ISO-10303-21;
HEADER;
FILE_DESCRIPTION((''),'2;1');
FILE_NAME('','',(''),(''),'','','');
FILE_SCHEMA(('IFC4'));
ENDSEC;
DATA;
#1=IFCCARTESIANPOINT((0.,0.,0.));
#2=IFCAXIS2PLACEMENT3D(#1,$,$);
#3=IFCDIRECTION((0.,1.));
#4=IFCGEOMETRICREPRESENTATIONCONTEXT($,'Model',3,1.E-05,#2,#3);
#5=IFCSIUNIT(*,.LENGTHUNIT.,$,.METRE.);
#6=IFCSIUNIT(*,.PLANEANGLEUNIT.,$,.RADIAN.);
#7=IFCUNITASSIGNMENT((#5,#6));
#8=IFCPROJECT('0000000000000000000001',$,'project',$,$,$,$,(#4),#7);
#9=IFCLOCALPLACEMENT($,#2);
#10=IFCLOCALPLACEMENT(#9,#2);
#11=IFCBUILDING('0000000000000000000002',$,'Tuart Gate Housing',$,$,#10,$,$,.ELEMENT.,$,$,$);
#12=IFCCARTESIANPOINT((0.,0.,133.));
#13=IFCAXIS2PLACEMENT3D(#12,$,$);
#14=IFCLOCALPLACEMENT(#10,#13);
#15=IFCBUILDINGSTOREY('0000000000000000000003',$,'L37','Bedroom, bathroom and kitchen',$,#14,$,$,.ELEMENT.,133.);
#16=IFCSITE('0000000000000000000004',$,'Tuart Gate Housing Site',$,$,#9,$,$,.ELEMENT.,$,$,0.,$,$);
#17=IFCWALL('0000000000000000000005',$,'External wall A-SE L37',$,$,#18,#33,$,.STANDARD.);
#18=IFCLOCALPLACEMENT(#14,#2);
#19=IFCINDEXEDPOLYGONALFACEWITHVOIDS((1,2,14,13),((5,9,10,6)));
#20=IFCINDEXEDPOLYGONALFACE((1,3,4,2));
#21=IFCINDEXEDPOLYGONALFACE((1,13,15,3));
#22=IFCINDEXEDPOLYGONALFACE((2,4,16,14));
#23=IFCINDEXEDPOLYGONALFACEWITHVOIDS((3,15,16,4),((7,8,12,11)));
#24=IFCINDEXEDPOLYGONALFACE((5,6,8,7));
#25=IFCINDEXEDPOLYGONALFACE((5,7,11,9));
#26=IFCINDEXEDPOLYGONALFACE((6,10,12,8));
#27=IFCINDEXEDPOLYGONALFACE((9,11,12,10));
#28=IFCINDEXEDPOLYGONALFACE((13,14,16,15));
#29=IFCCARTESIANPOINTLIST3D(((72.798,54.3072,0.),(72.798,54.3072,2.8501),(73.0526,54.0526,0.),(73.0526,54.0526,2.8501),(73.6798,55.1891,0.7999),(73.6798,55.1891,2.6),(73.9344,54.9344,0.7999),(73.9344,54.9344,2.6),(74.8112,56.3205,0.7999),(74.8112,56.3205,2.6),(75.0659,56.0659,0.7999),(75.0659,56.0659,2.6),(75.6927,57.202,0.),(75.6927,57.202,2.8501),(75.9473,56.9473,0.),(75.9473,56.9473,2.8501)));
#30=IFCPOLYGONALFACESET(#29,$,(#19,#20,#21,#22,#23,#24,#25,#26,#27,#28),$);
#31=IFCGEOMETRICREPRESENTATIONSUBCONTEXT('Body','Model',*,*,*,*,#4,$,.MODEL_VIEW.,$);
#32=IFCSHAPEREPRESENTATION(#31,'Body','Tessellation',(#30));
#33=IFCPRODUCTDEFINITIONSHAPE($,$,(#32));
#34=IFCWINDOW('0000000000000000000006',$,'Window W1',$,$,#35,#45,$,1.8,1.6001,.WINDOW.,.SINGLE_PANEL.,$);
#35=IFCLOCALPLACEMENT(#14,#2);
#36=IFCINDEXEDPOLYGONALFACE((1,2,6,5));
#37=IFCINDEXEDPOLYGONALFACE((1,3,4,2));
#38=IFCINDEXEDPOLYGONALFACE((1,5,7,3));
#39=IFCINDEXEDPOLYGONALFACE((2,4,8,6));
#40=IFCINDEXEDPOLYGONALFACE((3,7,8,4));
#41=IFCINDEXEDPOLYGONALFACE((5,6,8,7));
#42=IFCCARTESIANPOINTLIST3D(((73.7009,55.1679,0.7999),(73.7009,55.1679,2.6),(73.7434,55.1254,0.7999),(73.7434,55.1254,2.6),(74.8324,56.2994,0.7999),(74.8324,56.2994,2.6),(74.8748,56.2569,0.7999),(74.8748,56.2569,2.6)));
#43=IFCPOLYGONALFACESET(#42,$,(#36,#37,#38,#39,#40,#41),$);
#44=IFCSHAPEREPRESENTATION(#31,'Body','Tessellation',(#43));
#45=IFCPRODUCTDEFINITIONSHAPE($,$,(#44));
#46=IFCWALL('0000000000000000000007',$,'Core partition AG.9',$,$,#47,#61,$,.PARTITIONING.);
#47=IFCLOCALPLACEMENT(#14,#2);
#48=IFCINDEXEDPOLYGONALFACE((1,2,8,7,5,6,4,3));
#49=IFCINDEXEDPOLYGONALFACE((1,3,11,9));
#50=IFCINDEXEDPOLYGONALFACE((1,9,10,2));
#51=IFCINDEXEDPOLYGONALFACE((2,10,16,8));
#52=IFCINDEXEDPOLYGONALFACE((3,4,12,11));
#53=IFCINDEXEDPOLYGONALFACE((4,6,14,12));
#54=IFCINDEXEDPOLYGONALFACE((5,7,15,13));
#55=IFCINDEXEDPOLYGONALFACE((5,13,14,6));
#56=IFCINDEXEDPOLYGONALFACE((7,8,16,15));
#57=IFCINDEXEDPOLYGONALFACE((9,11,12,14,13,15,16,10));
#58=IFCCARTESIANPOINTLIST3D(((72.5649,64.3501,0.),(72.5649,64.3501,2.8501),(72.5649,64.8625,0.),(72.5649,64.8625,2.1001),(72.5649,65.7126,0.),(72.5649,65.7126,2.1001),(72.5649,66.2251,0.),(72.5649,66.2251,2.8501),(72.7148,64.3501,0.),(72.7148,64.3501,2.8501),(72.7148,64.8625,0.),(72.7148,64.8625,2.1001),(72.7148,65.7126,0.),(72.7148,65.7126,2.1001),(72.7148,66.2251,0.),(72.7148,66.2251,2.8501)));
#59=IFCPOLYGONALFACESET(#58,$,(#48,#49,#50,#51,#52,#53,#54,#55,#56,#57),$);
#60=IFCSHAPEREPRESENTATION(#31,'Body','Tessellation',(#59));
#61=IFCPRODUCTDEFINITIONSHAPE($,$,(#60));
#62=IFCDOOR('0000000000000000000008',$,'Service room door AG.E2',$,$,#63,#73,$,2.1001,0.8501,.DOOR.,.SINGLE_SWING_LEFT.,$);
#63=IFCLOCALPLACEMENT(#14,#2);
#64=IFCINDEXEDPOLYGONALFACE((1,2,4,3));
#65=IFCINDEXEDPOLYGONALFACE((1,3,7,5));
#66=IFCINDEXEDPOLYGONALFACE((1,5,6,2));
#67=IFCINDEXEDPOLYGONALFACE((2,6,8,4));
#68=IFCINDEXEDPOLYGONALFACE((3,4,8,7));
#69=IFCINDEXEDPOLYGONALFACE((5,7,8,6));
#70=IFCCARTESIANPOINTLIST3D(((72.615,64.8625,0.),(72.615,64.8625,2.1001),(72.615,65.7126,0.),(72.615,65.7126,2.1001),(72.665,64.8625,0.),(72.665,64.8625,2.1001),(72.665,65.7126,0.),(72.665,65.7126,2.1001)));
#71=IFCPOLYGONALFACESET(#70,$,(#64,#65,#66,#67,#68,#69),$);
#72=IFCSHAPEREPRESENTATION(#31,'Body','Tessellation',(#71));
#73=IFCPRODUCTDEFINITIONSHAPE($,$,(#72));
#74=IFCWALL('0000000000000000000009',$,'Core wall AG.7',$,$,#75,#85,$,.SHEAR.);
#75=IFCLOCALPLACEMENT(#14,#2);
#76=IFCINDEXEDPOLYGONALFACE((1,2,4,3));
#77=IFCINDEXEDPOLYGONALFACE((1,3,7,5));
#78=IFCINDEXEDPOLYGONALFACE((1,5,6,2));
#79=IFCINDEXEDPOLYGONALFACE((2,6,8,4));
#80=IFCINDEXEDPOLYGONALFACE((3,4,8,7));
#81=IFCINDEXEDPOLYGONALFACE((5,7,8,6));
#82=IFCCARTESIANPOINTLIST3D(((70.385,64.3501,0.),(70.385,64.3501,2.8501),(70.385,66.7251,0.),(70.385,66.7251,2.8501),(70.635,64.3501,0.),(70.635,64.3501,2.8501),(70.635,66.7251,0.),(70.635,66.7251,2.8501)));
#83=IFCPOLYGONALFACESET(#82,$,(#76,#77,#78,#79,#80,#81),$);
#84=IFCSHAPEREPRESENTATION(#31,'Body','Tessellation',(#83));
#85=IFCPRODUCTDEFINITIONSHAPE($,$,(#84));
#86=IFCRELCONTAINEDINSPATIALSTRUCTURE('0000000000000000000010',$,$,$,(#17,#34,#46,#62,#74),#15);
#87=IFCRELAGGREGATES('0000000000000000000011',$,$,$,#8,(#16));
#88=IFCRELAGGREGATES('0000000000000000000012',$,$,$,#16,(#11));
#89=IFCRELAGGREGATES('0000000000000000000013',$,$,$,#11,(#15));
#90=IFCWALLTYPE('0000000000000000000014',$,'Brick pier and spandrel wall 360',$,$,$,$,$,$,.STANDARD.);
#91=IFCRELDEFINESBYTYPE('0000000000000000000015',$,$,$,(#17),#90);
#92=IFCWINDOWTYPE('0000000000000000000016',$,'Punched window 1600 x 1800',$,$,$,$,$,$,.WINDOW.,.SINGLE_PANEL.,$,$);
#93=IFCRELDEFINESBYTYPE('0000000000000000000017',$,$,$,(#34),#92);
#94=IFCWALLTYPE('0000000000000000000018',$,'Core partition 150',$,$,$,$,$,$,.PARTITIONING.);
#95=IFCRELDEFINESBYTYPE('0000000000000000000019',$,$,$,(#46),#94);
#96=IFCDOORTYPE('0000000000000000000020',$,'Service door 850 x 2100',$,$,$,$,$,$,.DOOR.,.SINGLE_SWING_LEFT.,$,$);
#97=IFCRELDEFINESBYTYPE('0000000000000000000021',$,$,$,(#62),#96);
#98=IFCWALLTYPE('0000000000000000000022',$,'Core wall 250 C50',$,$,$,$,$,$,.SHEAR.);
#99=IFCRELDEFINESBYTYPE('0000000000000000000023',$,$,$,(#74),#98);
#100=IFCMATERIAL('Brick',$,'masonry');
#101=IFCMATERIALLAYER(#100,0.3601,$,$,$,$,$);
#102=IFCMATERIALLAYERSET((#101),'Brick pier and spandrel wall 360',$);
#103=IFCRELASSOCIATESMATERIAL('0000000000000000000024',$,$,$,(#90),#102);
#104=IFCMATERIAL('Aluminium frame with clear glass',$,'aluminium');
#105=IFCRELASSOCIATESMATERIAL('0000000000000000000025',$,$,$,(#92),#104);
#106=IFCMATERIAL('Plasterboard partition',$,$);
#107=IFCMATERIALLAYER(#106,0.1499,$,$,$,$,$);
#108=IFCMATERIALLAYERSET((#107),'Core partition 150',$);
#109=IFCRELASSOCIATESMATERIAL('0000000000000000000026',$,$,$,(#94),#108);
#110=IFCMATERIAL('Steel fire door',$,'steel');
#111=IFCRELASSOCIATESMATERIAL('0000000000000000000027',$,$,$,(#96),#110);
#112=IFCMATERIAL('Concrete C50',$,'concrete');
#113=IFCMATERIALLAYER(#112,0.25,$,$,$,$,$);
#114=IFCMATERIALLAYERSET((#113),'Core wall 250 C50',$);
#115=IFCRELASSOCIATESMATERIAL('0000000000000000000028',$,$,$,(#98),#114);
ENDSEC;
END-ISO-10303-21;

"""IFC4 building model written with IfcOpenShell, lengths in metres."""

from ifc_helpers import new_model, si_unit, direction, frame, frame_2d, origin, place, context, subcontext, project, spatial, rectangle, extrude, material, layer, layer_set, type_object, element, fill, save


model = new_model("IFC4")

# Units and contexts
model_context = context("Model", 3, precision=1e-05, world=origin(), true_north=direction((0.0, 1.0)))
body_context = subcontext(model_context, "Body", "Model", "MODEL_VIEW")
ifc_project = project(units=[si_unit("LENGTHUNIT", "METRE"), si_unit("PLANEANGLEUNIT", "RADIAN")], contexts=[model_context])

# Site, building, storey
site_placement = place(None, origin())
site = spatial("IfcSite", under=ifc_project, at=site_placement, Name="Tuart Gate Housing Site", CompositionType="ELEMENT", RefElevation=0.0)
building_placement = place(site_placement, origin())
building = spatial("IfcBuilding", under=site, at=building_placement, Name="Tuart Gate Housing", CompositionType="ELEMENT")
storey_placement = place(building_placement, frame((0.0, 0.0, 133.0)))
storey = spatial("IfcBuildingStorey", under=building, at=storey_placement, Name="L37", Description="Bedroom, bathroom and kitchen", CompositionType="ELEMENT", Elevation=133.0)

# Wall, opening, window
ifc_material_1 = material(Name="Brick", Category="masonry")
ifc_layer_1 = layer(ifc_material_1, 0.3601)
ifc_layer_set_1 = layer_set([ifc_layer_1], Name="Brick pier and spandrel wall 360")
wall_type_1 = type_object("IfcWallType", Name="Brick pier and spandrel wall 360", PredefinedType="STANDARD", material=ifc_layer_set_1)
wall_1_placement = place(storey_placement, frame((72.9253, 54.1799, 0.0), z_axis=(0.0, 0.0, 1.0), x_axis=(0.707107, 0.707107, 0.0)))
wall_1 = element("IfcWall", 1, at=wall_1_placement, inside=storey, type_object=wall_type_1, Name="External wall A-SE L37", PredefinedType="STANDARD", context=body_context, shape_type="SweptSolid", body=[
    extrude(rectangle(XDim=4.0938, YDim=0.3601, at=frame_2d((2.0469, 0.0))), origin(), (0.0, 0.0, 1.0), 2.8501),
])
opening_1_placement = place(wall_1_placement, frame((1.2471, 0.0, 0.8)))
opening_1 = element("IfcOpeningElement", 2, at=opening_1_placement, cuts=wall_1, PredefinedType="OPENING", context=body_context, shape_type="SweptSolid", body=[
    extrude(rectangle(XDim=1.6001, YDim=1.8, at=frame_2d((0.8, 0.8999))), frame((0.0, 0.1899, 0.0), z_axis=(0.0, -1.0, 0.0), x_axis=(1.0, 0.0, 0.0)), (0.0, 0.0, 1.0), 0.3801),
])
ifc_material_2 = material(Name="Aluminium frame with clear glass", Category="aluminium")
window_type = type_object("IfcWindowType", Name="Punched window 1600 x 1800", PartitioningType="SINGLE_PANEL", PredefinedType="WINDOW", material=ifc_material_2)
window_placement = place(opening_1_placement, origin())
window = element("IfcWindow", 3, at=window_placement, inside=storey, type_object=window_type, Name="Window W1", OverallHeight=1.8, OverallWidth=1.6001, PartitioningType="SINGLE_PANEL", PredefinedType="WINDOW", context=body_context, shape_type="SweptSolid", body=[
    extrude(rectangle(XDim=1.6001, YDim=1.8, at=frame_2d((0.8, 0.8999))), frame((0.0, 0.1501, 0.0), z_axis=(0.0, -1.0, 0.0), x_axis=(1.0, 0.0, 0.0)), (0.0, 0.0, 1.0), 0.0601),
])
fill(opening_1, window)

# Wall, opening, door
ifc_material_3 = material(Name="Plasterboard partition")
ifc_layer_2 = layer(ifc_material_3, 0.1499)
ifc_layer_set_2 = layer_set([ifc_layer_2], Name="Core partition 150")
wall_type_2 = type_object("IfcWallType", Name="Core partition 150", PredefinedType="PARTITIONING", material=ifc_layer_set_2)
wall_2_placement = place(storey_placement, frame((72.6399, 64.3501, 0.0), z_axis=(0.0, 0.0, 1.0), x_axis=(0.0, 1.0, 0.0)))
wall_2 = element("IfcWall", 4, at=wall_2_placement, inside=storey, type_object=wall_type_2, Name="Core partition AG.9", PredefinedType="PARTITIONING", context=body_context, shape_type="SweptSolid", body=[
    extrude(rectangle(XDim=1.875, YDim=0.1499, at=frame_2d((0.9375, 0.0))), origin(), (0.0, 0.0, 1.0), 2.8501),
])
opening_2_placement = place(wall_2_placement, frame((0.5125, 0.0, 0.0)))
opening_2 = element("IfcOpeningElement", 5, at=opening_2_placement, cuts=wall_2, PredefinedType="OPENING", context=body_context, shape_type="SweptSolid", body=[
    extrude(rectangle(XDim=0.8501, YDim=2.1001, at=frame_2d((0.425, 1.05))), frame((0.0, 0.085, 0.0), z_axis=(0.0, -1.0, 0.0), x_axis=(1.0, 0.0, 0.0)), (0.0, 0.0, 1.0), 0.1699),
])
ifc_material_4 = material(Name="Steel fire door", Category="steel")
door_type = type_object("IfcDoorType", Name="Service door 850 x 2100", OperationType="SINGLE_SWING_LEFT", PredefinedType="DOOR", material=ifc_material_4)
door_placement = place(opening_2_placement, origin())
door = element("IfcDoor", 6, at=door_placement, inside=storey, type_object=door_type, Name="Service room door AG.E2", OperationType="SINGLE_SWING_LEFT", OverallHeight=2.1001, OverallWidth=0.8501, PredefinedType="DOOR", context=body_context, shape_type="SweptSolid", body=[
    extrude(rectangle(XDim=0.8501, YDim=2.1001, at=frame_2d((0.425, 1.05))), frame((0.0, 0.0249, 0.0), z_axis=(0.0, -1.0, 0.0), x_axis=(1.0, 0.0, 0.0)), (0.0, 0.0, 1.0), 0.05),
])
fill(opening_2, door)

# Wall
ifc_material_5 = material(Name="Concrete C50", Category="concrete")
ifc_layer_3 = layer(ifc_material_5, 0.25)
ifc_layer_set_3 = layer_set([ifc_layer_3], Name="Core wall 250 C50")
wall_type_3 = type_object("IfcWallType", Name="Core wall 250 C50", PredefinedType="SHEAR", material=ifc_layer_set_3)
wall_3_placement = place(storey_placement, frame((70.51, 64.3501, 0.0), z_axis=(0.0, 0.0, 1.0), x_axis=(0.0, 1.0, 0.0)))
element("IfcWall", 7, at=wall_3_placement, inside=storey, type_object=wall_type_3, Name="Core wall AG.7", PredefinedType="SHEAR", context=body_context, shape_type="SweptSolid", body=[
    extrude(rectangle(XDim=2.375, YDim=0.25, at=frame_2d((1.1875, 0.0))), origin(), (0.0, 0.0, 1.0), 2.8501),
])

save(model, "model.ifc")
